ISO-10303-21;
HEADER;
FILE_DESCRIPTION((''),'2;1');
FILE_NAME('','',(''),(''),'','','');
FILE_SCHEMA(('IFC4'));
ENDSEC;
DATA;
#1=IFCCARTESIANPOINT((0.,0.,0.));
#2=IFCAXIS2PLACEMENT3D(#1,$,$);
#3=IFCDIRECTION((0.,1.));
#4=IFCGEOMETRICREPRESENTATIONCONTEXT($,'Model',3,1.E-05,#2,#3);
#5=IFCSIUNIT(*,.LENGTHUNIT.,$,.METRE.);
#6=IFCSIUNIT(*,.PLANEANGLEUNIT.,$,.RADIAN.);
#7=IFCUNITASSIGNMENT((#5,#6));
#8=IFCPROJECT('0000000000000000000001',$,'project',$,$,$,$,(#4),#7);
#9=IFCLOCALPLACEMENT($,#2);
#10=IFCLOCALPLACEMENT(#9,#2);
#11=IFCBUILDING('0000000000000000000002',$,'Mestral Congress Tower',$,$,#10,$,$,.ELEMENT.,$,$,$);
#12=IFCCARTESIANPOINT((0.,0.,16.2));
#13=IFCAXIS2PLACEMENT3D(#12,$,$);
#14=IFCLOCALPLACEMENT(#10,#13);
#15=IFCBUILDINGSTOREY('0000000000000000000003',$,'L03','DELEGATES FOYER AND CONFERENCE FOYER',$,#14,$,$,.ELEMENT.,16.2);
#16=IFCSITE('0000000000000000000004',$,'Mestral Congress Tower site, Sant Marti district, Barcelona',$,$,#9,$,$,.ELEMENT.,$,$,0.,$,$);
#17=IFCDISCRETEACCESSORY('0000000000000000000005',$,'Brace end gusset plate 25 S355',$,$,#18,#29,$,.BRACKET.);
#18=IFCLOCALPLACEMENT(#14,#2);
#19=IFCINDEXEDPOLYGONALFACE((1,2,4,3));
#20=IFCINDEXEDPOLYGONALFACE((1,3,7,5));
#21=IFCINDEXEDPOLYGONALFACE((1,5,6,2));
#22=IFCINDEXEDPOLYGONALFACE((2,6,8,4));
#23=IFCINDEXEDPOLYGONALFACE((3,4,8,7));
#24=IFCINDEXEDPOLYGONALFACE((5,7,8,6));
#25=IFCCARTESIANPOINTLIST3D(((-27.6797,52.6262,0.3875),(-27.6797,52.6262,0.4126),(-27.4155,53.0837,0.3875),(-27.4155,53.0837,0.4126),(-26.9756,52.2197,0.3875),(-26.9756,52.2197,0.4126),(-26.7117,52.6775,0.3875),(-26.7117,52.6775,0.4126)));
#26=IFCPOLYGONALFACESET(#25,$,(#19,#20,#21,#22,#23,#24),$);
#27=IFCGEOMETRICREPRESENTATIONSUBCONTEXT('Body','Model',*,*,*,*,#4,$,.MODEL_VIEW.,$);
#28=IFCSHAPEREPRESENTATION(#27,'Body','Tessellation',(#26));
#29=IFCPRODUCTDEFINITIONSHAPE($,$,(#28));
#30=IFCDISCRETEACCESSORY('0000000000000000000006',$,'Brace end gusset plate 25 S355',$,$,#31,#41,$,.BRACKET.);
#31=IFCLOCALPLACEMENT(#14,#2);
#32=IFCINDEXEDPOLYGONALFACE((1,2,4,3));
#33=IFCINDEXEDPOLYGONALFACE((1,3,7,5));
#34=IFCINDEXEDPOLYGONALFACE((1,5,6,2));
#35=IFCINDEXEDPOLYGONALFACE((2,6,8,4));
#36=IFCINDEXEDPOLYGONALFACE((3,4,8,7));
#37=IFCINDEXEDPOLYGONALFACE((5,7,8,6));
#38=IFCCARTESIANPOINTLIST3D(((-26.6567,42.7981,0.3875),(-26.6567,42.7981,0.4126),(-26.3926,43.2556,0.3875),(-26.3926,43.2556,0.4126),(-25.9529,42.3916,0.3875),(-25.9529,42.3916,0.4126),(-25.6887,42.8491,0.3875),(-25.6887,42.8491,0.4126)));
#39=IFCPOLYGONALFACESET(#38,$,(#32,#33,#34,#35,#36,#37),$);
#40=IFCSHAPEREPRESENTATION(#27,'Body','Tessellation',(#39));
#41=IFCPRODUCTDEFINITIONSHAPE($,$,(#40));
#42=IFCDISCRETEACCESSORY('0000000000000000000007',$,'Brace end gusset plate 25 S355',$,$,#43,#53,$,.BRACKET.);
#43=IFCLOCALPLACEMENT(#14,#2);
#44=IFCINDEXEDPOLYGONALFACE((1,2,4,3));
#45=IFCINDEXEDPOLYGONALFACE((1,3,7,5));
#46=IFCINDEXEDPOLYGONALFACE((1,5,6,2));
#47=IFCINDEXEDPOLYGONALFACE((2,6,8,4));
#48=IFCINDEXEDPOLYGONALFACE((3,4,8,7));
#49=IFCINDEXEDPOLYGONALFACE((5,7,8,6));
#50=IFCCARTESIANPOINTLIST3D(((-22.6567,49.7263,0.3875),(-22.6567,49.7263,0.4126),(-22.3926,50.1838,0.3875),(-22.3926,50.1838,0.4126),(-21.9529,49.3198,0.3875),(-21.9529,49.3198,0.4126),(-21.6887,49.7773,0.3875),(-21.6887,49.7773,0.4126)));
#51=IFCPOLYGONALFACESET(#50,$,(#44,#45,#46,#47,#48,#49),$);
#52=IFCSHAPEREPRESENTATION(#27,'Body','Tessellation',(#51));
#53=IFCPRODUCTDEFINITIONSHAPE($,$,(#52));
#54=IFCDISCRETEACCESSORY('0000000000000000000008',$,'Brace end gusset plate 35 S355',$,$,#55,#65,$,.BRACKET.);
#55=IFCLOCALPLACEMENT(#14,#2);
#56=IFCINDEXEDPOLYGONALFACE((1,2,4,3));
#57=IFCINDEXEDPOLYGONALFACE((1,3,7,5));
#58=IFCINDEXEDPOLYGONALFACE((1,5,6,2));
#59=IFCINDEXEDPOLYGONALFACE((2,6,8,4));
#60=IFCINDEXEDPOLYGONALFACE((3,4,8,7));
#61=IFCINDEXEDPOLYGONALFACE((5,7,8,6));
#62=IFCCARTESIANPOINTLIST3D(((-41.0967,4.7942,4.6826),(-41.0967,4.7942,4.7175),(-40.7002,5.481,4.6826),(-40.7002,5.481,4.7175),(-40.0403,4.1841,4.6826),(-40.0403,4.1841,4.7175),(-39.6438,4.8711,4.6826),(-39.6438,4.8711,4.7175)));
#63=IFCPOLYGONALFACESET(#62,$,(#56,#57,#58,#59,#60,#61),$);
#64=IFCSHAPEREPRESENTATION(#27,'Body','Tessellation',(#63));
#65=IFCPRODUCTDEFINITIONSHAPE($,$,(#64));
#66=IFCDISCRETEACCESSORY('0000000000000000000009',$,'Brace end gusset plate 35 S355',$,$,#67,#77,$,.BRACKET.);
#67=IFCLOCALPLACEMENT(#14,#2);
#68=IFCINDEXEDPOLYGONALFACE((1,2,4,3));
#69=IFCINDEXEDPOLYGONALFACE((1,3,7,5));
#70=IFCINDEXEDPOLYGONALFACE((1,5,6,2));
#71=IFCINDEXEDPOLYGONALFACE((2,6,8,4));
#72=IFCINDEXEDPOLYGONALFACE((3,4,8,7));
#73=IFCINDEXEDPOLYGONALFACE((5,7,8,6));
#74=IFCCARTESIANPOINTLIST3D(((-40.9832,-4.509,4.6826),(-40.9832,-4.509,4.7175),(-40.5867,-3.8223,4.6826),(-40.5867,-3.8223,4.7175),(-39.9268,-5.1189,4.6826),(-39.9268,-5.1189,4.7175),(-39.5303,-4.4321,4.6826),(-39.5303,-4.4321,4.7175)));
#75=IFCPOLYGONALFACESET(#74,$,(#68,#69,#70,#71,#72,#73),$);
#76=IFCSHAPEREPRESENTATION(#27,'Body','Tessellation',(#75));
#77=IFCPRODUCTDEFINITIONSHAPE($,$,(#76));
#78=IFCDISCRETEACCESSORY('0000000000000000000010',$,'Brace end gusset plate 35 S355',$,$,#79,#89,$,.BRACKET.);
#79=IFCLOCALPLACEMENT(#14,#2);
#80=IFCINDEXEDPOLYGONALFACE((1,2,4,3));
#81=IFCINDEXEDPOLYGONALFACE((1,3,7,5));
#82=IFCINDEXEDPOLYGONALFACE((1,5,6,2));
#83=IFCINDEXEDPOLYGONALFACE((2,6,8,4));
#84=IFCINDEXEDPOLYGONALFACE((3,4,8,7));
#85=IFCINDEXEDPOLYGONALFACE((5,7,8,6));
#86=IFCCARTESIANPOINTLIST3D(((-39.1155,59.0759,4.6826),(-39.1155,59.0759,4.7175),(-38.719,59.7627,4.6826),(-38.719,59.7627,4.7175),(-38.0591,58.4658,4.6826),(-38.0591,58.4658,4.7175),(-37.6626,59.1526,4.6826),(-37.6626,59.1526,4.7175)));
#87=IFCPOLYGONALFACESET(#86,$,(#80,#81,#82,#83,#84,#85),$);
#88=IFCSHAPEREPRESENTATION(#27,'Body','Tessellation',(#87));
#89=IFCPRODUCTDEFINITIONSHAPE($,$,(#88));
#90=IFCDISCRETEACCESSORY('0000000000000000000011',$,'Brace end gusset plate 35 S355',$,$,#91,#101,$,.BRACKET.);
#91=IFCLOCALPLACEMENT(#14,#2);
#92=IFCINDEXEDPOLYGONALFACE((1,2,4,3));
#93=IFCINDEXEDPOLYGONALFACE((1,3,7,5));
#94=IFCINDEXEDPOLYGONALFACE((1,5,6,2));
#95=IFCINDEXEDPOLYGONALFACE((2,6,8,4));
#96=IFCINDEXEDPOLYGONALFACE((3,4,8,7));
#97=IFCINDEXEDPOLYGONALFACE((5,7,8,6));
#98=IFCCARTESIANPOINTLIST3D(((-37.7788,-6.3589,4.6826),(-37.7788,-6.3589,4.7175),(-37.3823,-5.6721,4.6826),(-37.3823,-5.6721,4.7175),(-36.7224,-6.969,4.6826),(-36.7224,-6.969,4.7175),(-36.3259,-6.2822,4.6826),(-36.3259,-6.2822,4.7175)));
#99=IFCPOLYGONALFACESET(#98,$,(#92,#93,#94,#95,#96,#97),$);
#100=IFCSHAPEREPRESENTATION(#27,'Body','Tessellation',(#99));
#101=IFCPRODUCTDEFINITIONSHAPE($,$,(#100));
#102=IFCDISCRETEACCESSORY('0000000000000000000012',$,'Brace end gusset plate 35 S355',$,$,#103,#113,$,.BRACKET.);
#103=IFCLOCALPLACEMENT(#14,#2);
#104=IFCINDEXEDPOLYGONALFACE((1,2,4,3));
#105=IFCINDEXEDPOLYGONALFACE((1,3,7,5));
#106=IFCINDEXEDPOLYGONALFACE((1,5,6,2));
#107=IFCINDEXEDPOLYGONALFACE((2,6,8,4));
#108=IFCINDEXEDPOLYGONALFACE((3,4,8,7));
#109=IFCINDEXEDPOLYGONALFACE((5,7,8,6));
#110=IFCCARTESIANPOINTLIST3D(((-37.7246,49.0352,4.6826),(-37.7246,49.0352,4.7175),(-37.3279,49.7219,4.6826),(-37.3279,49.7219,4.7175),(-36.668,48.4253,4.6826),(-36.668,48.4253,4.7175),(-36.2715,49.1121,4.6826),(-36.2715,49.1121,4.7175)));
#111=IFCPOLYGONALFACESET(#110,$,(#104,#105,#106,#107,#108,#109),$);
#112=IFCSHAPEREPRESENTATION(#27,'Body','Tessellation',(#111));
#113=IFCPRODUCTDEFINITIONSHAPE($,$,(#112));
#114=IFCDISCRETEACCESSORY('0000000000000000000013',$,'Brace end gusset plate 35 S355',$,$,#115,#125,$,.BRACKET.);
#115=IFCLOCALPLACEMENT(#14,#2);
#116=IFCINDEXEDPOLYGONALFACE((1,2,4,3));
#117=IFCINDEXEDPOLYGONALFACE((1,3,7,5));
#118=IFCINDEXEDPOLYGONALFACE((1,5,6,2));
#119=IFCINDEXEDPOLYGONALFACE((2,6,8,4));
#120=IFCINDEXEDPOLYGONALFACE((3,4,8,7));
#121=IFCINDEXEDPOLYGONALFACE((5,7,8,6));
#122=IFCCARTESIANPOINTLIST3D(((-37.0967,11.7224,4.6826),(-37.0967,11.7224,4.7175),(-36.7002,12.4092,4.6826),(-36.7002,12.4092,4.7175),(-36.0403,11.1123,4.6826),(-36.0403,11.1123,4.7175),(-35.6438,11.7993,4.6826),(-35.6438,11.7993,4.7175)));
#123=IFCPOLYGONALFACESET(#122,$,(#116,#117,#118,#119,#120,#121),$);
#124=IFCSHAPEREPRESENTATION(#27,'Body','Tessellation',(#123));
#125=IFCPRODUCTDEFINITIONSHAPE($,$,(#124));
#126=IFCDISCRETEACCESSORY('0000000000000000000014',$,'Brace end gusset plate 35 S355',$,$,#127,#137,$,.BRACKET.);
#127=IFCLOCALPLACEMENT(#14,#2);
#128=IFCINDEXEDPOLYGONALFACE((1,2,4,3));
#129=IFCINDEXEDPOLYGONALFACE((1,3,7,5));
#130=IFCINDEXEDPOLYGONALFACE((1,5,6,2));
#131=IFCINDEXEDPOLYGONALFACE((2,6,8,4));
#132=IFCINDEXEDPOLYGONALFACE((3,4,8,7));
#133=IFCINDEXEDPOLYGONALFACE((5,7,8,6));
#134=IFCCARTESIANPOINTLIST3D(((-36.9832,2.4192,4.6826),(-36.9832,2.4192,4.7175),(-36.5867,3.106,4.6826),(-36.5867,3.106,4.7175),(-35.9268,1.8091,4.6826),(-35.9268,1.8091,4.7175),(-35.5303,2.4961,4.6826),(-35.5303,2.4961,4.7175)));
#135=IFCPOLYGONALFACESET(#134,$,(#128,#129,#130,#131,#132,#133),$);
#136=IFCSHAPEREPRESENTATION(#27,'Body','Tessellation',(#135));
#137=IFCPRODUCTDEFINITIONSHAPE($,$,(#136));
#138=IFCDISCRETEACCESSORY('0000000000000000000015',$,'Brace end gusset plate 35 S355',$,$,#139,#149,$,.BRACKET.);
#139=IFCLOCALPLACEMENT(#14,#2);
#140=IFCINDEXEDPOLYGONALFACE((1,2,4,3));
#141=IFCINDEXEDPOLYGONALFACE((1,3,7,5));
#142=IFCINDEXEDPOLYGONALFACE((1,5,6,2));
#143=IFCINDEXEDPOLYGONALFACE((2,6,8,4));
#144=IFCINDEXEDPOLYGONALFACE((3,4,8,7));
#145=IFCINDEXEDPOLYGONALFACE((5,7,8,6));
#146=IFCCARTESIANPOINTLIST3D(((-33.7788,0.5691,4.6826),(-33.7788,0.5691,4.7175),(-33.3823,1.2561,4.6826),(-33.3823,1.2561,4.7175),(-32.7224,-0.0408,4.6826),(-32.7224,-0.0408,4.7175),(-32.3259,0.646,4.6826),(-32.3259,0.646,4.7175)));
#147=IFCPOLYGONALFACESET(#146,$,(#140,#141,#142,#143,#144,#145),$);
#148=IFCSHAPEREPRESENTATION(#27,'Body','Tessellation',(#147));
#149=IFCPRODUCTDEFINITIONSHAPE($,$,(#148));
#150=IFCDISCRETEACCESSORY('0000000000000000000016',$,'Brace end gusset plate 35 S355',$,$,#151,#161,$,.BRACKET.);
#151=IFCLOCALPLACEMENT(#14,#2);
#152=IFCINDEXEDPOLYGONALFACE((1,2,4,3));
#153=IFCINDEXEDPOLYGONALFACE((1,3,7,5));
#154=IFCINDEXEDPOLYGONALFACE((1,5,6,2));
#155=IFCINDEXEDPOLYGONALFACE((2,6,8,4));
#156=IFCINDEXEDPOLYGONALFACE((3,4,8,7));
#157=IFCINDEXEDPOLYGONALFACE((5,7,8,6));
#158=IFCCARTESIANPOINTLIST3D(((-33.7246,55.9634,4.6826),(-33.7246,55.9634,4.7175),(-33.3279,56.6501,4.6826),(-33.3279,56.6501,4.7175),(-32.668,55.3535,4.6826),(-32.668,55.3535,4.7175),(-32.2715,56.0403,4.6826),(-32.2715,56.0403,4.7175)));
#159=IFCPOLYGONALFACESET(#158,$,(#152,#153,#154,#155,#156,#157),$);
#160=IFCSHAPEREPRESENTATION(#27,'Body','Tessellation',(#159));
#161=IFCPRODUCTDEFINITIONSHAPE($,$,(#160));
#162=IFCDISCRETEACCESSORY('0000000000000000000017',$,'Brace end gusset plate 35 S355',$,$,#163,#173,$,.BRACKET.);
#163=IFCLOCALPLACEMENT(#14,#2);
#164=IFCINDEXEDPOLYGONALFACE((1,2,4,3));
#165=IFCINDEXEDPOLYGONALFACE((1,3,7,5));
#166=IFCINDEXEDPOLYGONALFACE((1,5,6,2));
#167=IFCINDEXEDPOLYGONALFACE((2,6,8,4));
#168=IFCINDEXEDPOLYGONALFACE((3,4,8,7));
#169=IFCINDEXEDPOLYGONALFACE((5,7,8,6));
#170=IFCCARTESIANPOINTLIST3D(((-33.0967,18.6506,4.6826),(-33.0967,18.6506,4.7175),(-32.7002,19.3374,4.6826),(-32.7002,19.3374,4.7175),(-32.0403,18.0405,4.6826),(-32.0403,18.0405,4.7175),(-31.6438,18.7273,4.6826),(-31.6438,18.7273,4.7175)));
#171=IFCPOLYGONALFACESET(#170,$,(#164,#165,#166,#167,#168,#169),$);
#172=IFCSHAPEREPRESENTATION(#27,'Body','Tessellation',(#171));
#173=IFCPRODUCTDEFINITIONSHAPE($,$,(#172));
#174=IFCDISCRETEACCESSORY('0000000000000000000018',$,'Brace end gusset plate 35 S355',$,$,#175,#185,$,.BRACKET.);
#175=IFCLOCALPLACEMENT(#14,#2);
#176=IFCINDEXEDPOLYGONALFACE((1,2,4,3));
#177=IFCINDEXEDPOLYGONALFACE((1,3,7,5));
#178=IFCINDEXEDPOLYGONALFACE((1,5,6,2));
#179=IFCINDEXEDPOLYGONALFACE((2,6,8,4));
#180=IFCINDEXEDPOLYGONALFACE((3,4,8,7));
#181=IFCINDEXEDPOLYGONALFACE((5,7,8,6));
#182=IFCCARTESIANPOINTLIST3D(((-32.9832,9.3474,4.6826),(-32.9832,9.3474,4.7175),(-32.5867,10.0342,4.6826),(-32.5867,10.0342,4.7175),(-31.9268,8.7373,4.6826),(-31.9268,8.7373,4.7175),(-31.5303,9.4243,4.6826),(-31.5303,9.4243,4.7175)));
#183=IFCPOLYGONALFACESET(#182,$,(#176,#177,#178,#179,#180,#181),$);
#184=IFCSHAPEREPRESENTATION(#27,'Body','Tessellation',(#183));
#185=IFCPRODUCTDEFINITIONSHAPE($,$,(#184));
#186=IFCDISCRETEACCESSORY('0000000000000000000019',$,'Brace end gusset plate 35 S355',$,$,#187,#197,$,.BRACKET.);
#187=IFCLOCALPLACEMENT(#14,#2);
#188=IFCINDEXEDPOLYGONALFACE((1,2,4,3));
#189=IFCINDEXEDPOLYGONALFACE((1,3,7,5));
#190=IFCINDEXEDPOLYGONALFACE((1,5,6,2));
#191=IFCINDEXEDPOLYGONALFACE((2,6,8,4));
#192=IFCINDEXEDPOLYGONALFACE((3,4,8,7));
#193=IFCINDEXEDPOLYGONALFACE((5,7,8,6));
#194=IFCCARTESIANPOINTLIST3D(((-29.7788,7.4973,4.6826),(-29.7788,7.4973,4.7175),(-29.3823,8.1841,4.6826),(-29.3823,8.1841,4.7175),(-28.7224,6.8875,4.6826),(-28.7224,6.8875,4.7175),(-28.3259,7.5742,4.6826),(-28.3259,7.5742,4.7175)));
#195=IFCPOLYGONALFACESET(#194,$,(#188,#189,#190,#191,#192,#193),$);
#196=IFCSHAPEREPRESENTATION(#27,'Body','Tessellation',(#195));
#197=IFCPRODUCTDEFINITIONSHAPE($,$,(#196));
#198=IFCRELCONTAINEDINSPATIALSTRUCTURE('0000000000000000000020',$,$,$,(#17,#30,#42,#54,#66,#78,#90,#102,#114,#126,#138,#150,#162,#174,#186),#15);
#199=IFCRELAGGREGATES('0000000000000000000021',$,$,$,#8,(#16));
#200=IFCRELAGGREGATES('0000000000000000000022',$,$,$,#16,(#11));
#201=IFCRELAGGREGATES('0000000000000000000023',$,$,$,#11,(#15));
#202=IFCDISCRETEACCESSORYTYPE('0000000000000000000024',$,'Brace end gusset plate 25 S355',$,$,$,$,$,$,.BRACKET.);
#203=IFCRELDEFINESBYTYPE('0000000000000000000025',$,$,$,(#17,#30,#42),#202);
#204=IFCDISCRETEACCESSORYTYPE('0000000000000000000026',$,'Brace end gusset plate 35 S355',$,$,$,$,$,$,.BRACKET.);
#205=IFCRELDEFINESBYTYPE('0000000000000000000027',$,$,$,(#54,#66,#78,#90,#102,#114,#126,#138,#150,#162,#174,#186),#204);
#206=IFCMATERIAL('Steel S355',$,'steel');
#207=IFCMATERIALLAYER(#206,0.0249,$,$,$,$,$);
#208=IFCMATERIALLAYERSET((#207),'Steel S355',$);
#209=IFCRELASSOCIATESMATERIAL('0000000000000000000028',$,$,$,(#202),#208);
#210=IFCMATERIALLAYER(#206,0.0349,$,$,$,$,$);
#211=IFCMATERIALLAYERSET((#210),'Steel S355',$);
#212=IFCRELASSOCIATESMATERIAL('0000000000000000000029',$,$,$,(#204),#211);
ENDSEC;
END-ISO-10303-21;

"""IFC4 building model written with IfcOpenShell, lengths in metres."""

from ifc_helpers import new_model, si_unit, direction, frame, origin, place, context, subcontext, project, spatial, polyline, outline, extrude, material, layer, layer_set, type_object, element, save


model = new_model("IFC4")

# Units and contexts
model_context = context("Model", 3, precision=1e-05, world=origin(), true_north=direction((0.0, 1.0)))
body_context = subcontext(model_context, "Body", "Model", "MODEL_VIEW")
ifc_project = project(units=[si_unit("LENGTHUNIT", "METRE"), si_unit("PLANEANGLEUNIT", "RADIAN")], contexts=[model_context])

# Site, building, storey
site_placement = place(None, origin())
site = spatial("IfcSite", under=ifc_project, at=site_placement, Name="Mestral Congress Tower site, Sant Marti district, Barcelona", CompositionType="ELEMENT", RefElevation=0.0)
building_placement = place(site_placement, origin())
building = spatial("IfcBuilding", under=site, at=building_placement, Name="Mestral Congress Tower", CompositionType="ELEMENT")
storey_placement = place(building_placement, frame((0.0, 0.0, 16.2)))
storey = spatial("IfcBuildingStorey", under=building, at=storey_placement, Name="L03", Description="DELEGATES FOYER AND CONFERENCE FOYER", CompositionType="ELEMENT", Elevation=16.2)

# Discrete accessories
ifc_material = material(Name="Steel S355", Category="steel")
ifc_layer_1 = layer(ifc_material, 0.0249)
ifc_layer_set_1 = layer_set([ifc_layer_1], Name="Steel S355")
discrete_accessory_type_1 = type_object("IfcDiscreteAccessoryType", Name="Brace end gusset plate 25 S355", PredefinedType="BRACKET", material=ifc_layer_set_1)
placement_1 = place(storey_placement, frame((0.0, 0.0, 0.3875)))
element("IfcDiscreteAccessory", 1, at=placement_1, inside=storey, type_object=discrete_accessory_type_1, Name="Brace end gusset plate 25 S355", PredefinedType="BRACKET", context=body_context, shape_type="SweptSolid", body=[
    extrude(outline(polyline([(-27.6797, 52.6262), (-26.9756, 52.2197), (-26.7117, 52.6775), (-27.4155, 53.0837), (-27.6797, 52.6262)])), origin(), (0.0, 0.0, 1.0), 0.0251),
])
element("IfcDiscreteAccessory", 2, at=placement_1, inside=storey, type_object=discrete_accessory_type_1, Name="Brace end gusset plate 25 S355", PredefinedType="BRACKET", context=body_context, shape_type="SweptSolid", body=[
    extrude(outline(polyline([(-26.6567, 42.7981), (-25.9529, 42.3916), (-25.6887, 42.8491), (-26.3926, 43.2556), (-26.6567, 42.7981)])), origin(), (0.0, 0.0, 1.0), 0.0251),
])
element("IfcDiscreteAccessory", 3, at=placement_1, inside=storey, type_object=discrete_accessory_type_1, Name="Brace end gusset plate 25 S355", PredefinedType="BRACKET", context=body_context, shape_type="SweptSolid", body=[
    extrude(outline(polyline([(-22.6567, 49.7263), (-21.9529, 49.3198), (-21.6887, 49.7773), (-22.3926, 50.1838), (-22.6567, 49.7263)])), origin(), (0.0, 0.0, 1.0), 0.0251),
])
ifc_layer_2 = layer(ifc_material, 0.0349)
ifc_layer_set_2 = layer_set([ifc_layer_2], Name="Steel S355")
discrete_accessory_type_2 = type_object("IfcDiscreteAccessoryType", Name="Brace end gusset plate 35 S355", PredefinedType="BRACKET", material=ifc_layer_set_2)
placement_2 = place(storey_placement, frame((0.0, 0.0, 4.6826)))
element("IfcDiscreteAccessory", 4, at=placement_2, inside=storey, type_object=discrete_accessory_type_2, Name="Brace end gusset plate 35 S355", PredefinedType="BRACKET", context=body_context, shape_type="SweptSolid", body=[
    extrude(outline(polyline([(-41.0967, 4.7942), (-40.0403, 4.1841), (-39.6438, 4.8711), (-40.7002, 5.481), (-41.0967, 4.7942)])), origin(), (0.0, 0.0, 1.0), 0.0349),
])
element("IfcDiscreteAccessory", 5, at=placement_2, inside=storey, type_object=discrete_accessory_type_2, Name="Brace end gusset plate 35 S355", PredefinedType="BRACKET", context=body_context, shape_type="SweptSolid", body=[
    extrude(outline(polyline([(-40.9832, -4.509), (-39.9268, -5.1189), (-39.5303, -4.4321), (-40.5867, -3.8223), (-40.9832, -4.509)])), origin(), (0.0, 0.0, 1.0), 0.0349),
])
element("IfcDiscreteAccessory", 6, at=placement_2, inside=storey, type_object=discrete_accessory_type_2, Name="Brace end gusset plate 35 S355", PredefinedType="BRACKET", context=body_context, shape_type="SweptSolid", body=[
    extrude(outline(polyline([(-39.1155, 59.0759), (-38.0591, 58.4658), (-37.6626, 59.1526), (-38.719, 59.7627), (-39.1155, 59.0759)])), origin(), (0.0, 0.0, 1.0), 0.0349),
])
element("IfcDiscreteAccessory", 7, at=placement_2, inside=storey, type_object=discrete_accessory_type_2, Name="Brace end gusset plate 35 S355", PredefinedType="BRACKET", context=body_context, shape_type="SweptSolid", body=[
    extrude(outline(polyline([(-37.7788, -6.3589), (-36.7224, -6.969), (-36.3259, -6.2822), (-37.3823, -5.6721), (-37.7788, -6.3589)])), origin(), (0.0, 0.0, 1.0), 0.0349),
])
element("IfcDiscreteAccessory", 8, at=placement_2, inside=storey, type_object=discrete_accessory_type_2, Name="Brace end gusset plate 35 S355", PredefinedType="BRACKET", context=body_context, shape_type="SweptSolid", body=[
    extrude(outline(polyline([(-37.7246, 49.0352), (-36.668, 48.4253), (-36.2715, 49.1121), (-37.3279, 49.7219), (-37.7246, 49.0352)])), origin(), (0.0, 0.0, 1.0), 0.0349),
])
element("IfcDiscreteAccessory", 9, at=placement_2, inside=storey, type_object=discrete_accessory_type_2, Name="Brace end gusset plate 35 S355", PredefinedType="BRACKET", context=body_context, shape_type="SweptSolid", body=[
    extrude(outline(polyline([(-37.0967, 11.7224), (-36.0403, 11.1123), (-35.6438, 11.7993), (-36.7002, 12.4092), (-37.0967, 11.7224)])), origin(), (0.0, 0.0, 1.0), 0.0349),
])
element("IfcDiscreteAccessory", 10, at=placement_2, inside=storey, type_object=discrete_accessory_type_2, Name="Brace end gusset plate 35 S355", PredefinedType="BRACKET", context=body_context, shape_type="SweptSolid", body=[
    extrude(outline(polyline([(-36.9832, 2.4192), (-35.9268, 1.8091), (-35.5303, 2.4961), (-36.5867, 3.106), (-36.9832, 2.4192)])), origin(), (0.0, 0.0, 1.0), 0.0349),
])
element("IfcDiscreteAccessory", 11, at=placement_2, inside=storey, type_object=discrete_accessory_type_2, Name="Brace end gusset plate 35 S355", PredefinedType="BRACKET", context=body_context, shape_type="SweptSolid", body=[
    extrude(outline(polyline([(-33.7788, 0.5691), (-32.7224, -0.0408), (-32.3259, 0.646), (-33.3823, 1.2561), (-33.7788, 0.5691)])), origin(), (0.0, 0.0, 1.0), 0.0349),
])
element("IfcDiscreteAccessory", 12, at=placement_2, inside=storey, type_object=discrete_accessory_type_2, Name="Brace end gusset plate 35 S355", PredefinedType="BRACKET", context=body_context, shape_type="SweptSolid", body=[
    extrude(outline(polyline([(-33.7246, 55.9634), (-32.668, 55.3535), (-32.2715, 56.0403), (-33.3279, 56.6501), (-33.7246, 55.9634)])), origin(), (0.0, 0.0, 1.0), 0.0349),
])
element("IfcDiscreteAccessory", 13, at=placement_2, inside=storey, type_object=discrete_accessory_type_2, Name="Brace end gusset plate 35 S355", PredefinedType="BRACKET", context=body_context, shape_type="SweptSolid", body=[
    extrude(outline(polyline([(-33.0967, 18.6506), (-32.0403, 18.0405), (-31.6438, 18.7273), (-32.7002, 19.3374), (-33.0967, 18.6506)])), origin(), (0.0, 0.0, 1.0), 0.0349),
])
element("IfcDiscreteAccessory", 14, at=placement_2, inside=storey, type_object=discrete_accessory_type_2, Name="Brace end gusset plate 35 S355", PredefinedType="BRACKET", context=body_context, shape_type="SweptSolid", body=[
    extrude(outline(polyline([(-32.9832, 9.3474), (-31.9268, 8.7373), (-31.5303, 9.4243), (-32.5867, 10.0342), (-32.9832, 9.3474)])), origin(), (0.0, 0.0, 1.0), 0.0349),
])
element("IfcDiscreteAccessory", 15, at=placement_2, inside=storey, type_object=discrete_accessory_type_2, Name="Brace end gusset plate 35 S355", PredefinedType="BRACKET", context=body_context, shape_type="SweptSolid", body=[
    extrude(outline(polyline([(-29.7788, 7.4973), (-28.7224, 6.8875), (-28.3259, 7.5742), (-29.3823, 8.1841), (-29.7788, 7.4973)])), origin(), (0.0, 0.0, 1.0), 0.0349),
])

save(model, "model.ifc")
